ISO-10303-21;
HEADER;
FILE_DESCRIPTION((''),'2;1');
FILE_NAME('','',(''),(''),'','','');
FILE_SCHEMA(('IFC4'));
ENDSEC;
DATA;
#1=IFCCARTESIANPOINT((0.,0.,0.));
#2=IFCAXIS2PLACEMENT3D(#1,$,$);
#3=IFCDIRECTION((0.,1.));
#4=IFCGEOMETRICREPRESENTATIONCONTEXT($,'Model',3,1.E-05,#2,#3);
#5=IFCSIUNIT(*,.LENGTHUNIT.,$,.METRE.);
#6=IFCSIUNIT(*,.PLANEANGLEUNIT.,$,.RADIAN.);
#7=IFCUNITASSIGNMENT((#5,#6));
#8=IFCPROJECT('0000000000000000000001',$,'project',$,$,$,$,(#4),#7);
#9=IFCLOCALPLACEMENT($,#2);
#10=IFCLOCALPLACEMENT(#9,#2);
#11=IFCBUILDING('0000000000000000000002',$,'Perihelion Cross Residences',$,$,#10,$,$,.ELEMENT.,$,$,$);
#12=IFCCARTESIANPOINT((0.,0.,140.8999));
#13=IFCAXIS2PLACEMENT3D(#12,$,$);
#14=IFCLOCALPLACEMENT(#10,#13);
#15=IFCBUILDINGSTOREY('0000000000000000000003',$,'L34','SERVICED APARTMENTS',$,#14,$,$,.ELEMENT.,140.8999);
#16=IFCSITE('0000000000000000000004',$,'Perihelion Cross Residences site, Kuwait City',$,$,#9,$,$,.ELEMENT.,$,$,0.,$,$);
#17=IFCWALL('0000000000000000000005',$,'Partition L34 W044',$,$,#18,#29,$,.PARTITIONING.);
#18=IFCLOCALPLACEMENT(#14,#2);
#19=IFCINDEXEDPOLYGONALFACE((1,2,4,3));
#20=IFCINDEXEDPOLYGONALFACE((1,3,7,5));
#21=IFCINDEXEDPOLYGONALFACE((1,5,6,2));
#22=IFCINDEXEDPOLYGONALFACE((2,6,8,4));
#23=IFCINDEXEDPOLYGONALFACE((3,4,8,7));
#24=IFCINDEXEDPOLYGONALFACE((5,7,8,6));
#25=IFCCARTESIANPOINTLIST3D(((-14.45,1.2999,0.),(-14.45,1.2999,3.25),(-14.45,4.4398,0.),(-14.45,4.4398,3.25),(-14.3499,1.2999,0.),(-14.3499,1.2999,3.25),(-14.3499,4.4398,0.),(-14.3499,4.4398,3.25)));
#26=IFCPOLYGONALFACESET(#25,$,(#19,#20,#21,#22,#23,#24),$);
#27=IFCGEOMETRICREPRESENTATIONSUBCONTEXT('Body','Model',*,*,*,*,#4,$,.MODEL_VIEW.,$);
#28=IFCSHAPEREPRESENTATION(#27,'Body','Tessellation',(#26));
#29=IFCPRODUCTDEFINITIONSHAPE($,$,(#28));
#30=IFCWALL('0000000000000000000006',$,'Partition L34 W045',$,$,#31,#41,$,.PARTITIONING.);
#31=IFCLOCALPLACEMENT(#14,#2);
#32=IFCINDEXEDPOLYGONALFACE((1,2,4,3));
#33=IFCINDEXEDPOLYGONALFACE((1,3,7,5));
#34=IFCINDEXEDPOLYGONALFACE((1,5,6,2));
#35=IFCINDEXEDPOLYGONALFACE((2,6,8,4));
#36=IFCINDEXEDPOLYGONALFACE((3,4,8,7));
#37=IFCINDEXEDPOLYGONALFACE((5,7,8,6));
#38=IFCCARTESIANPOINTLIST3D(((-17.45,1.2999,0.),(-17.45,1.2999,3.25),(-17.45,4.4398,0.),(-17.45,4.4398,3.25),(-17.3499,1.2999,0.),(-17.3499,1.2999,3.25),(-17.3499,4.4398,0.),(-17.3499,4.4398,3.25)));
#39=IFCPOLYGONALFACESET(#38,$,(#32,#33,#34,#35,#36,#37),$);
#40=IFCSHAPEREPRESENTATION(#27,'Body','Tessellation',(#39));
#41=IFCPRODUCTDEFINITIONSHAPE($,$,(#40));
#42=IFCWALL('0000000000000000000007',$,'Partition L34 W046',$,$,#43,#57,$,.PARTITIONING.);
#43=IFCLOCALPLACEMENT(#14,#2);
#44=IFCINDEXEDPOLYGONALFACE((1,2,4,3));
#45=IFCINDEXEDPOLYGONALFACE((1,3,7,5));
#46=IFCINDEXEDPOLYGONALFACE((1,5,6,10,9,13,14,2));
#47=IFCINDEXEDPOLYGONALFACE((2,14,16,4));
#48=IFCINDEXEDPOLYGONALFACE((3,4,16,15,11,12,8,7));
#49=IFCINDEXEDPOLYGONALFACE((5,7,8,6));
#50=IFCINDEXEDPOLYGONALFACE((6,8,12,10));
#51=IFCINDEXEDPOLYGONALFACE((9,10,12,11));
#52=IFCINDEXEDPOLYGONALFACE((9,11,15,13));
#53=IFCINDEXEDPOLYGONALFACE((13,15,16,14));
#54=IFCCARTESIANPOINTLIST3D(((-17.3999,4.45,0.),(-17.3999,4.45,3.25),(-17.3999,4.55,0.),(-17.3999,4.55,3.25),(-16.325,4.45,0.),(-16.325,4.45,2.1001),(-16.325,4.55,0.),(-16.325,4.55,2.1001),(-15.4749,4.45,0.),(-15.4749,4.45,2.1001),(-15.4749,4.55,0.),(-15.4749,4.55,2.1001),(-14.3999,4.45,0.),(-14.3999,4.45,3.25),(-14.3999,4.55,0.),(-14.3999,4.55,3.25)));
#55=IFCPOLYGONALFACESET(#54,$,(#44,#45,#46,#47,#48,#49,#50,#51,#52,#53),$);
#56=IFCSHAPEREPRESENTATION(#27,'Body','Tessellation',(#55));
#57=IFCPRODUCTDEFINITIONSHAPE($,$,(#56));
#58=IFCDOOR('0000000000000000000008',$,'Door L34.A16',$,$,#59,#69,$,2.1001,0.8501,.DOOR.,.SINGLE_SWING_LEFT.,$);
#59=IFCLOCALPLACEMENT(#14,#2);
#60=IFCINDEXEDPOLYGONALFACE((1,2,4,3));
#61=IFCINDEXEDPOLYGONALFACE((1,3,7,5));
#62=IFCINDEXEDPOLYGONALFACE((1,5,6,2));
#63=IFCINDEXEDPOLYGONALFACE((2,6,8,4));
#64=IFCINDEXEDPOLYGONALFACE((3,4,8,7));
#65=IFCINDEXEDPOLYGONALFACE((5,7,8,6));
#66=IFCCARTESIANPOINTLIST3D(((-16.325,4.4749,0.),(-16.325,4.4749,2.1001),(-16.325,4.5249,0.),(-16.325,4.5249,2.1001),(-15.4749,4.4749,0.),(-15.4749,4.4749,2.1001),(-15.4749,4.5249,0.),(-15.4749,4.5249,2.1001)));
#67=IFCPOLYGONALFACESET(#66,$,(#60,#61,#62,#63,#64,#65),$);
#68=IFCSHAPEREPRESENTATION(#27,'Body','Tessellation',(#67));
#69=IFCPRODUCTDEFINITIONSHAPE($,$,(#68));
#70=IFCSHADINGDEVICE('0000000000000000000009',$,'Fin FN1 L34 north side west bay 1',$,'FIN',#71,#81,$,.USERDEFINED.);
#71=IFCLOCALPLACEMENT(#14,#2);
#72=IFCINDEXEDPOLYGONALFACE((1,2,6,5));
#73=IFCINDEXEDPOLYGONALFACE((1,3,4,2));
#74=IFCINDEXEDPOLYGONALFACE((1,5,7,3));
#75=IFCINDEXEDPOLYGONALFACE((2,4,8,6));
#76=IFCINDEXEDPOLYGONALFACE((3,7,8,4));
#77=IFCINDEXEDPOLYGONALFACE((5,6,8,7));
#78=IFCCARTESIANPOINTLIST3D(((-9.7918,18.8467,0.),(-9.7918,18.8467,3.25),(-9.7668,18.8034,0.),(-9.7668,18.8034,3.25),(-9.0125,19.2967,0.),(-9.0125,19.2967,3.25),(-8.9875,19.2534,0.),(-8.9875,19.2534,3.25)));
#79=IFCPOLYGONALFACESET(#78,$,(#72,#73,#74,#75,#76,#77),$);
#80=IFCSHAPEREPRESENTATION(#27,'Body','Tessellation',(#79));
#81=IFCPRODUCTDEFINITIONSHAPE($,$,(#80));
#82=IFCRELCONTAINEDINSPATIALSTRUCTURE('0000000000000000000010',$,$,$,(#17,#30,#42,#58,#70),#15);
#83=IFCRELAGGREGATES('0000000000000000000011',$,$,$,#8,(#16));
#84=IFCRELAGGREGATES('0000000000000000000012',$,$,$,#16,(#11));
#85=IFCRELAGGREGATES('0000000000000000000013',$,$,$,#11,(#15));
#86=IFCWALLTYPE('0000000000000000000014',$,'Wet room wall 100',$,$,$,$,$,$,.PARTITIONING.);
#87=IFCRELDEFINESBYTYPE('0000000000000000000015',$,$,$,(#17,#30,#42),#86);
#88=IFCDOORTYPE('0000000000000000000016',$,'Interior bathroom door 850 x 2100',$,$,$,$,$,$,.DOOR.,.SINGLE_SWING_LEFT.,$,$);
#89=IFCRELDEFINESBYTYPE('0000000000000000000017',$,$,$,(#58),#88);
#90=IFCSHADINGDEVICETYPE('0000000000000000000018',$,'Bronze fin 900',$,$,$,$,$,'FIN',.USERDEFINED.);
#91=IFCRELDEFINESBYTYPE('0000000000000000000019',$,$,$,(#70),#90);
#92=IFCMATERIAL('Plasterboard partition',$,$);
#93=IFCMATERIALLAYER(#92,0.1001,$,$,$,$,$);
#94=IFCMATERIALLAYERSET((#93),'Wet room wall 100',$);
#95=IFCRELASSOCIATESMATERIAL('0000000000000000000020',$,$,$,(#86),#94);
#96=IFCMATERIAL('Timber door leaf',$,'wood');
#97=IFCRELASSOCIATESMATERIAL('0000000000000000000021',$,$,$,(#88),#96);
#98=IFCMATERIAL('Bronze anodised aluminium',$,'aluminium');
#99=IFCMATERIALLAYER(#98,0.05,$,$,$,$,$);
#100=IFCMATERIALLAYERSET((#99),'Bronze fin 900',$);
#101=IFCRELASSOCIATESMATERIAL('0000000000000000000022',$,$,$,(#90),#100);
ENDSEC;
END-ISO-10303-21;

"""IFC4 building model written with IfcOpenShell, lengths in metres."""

from ifc_helpers import new_model, si_unit, direction, frame, frame_2d, origin, origin_2d, place, context, subcontext, project, spatial, rectangle, extrude, material, layer, layer_set, type_object, element, fill, save


model = new_model("IFC4")

# Units and contexts
model_context = context("Model", 3, precision=1e-05, world=origin(), true_north=direction((0.0, 1.0)))
body_context = subcontext(model_context, "Body", "Model", "MODEL_VIEW")
ifc_project = project(units=[si_unit("LENGTHUNIT", "METRE"), si_unit("PLANEANGLEUNIT", "RADIAN")], contexts=[model_context])

# Site, building, storey
site_placement = place(None, origin())
site = spatial("IfcSite", under=ifc_project, at=site_placement, Name="Perihelion Cross Residences site, Kuwait City", CompositionType="ELEMENT", RefElevation=0.0)
building_placement = place(site_placement, origin())
building = spatial("IfcBuilding", under=site, at=building_placement, Name="Perihelion Cross Residences", CompositionType="ELEMENT")
storey_placement = place(building_placement, frame((0.0, 0.0, 140.8999)))
storey = spatial("IfcBuildingStorey", under=building, at=storey_placement, Name="L34", Description="SERVICED APARTMENTS", CompositionType="ELEMENT", Elevation=140.8999)

# Walls
ifc_material_1 = material(Name="Plasterboard partition")
ifc_layer_1 = layer(ifc_material_1, 0.1001)
ifc_layer_set_1 = layer_set([ifc_layer_1], Name="Wet room wall 100")
wall_type_1 = type_object("IfcWallType", Name="Wet room wall 100", PredefinedType="PARTITIONING", material=ifc_layer_set_1)
for number, where, z_axis, x_axis, name in (
    (1, (-14.3999, 1.3, 0.0), (0.0, 0.0, 1.0), (0.0, 1.0, 0.0), "Partition L34 W044"),
    (2, (-17.3999, 1.3, 0.0), (0.0, 0.0, 1.0), (0.0, 1.0, 0.0), "Partition L34 W045"),
):
    element("IfcWall", number, at=place(storey_placement, frame(where, z_axis=z_axis, x_axis=x_axis)), inside=storey, type_object=wall_type_1, Name=name, PredefinedType="PARTITIONING", context=body_context, shape_type="SweptSolid", body=[
        extrude(rectangle(XDim=3.1399, YDim=0.1001, at=frame_2d((1.5698, 0.0))), origin(), (0.0, 0.0, 1.0), 3.25),
    ])

# Wall, opening, door
wall_1_placement = place(storey_placement, frame((-17.3999, 4.5, 0.0), z_axis=(0.0, 0.0, 1.0), x_axis=(1.0, 0.0, 0.0)))
wall_1 = element("IfcWall", 3, at=wall_1_placement, inside=storey, type_object=wall_type_1, Name="Partition L34 W046", PredefinedType="PARTITIONING", context=body_context, shape_type="SweptSolid", body=[
    extrude(rectangle(XDim=3.0, YDim=0.1001, at=frame_2d((1.5, 0.0))), origin(), (0.0, 0.0, 1.0), 3.25),
])
opening_1_placement = place(wall_1_placement, frame((1.075, 0.0, 0.0)))
opening_1 = element("IfcOpeningElement", 4, at=opening_1_placement, cuts=wall_1, PredefinedType="OPENING", context=body_context, shape_type="SweptSolid", body=[
    extrude(rectangle(XDim=0.8501, YDim=2.1001, at=frame_2d((0.425, 1.05))), frame((0.0, 0.0601, 0.0), z_axis=(0.0, -1.0, 0.0), x_axis=(1.0, 0.0, 0.0)), (0.0, 0.0, 1.0), 0.1201),
])
ifc_material_2 = material(Name="Timber door leaf", Category="wood")
door_type_1 = type_object("IfcDoorType", Name="Interior bathroom door 850 x 2100", OperationType="SINGLE_SWING_LEFT", PredefinedType="DOOR", material=ifc_material_2)
door_1_placement = place(opening_1_placement, origin())
door_1 = element("IfcDoor", 5, at=door_1_placement, inside=storey, type_object=door_type_1, Name="Door L34.A16", OperationType="SINGLE_SWING_LEFT", OverallHeight=2.1001, OverallWidth=0.8501, PredefinedType="DOOR", context=body_context, shape_type="SweptSolid", body=[
    extrude(rectangle(XDim=0.8501, YDim=2.1001, at=frame_2d((0.425, 1.05))), frame((0.0, 0.0249, 0.0), z_axis=(0.0, -1.0, 0.0), x_axis=(1.0, 0.0, 0.0)), (0.0, 0.0, 1.0), 0.05),
])
fill(opening_1, door_1)

# Shading device
ifc_material_3 = material(Name="Bronze anodised aluminium", Category="aluminium")
ifc_layer_2 = layer(ifc_material_3, 0.05)
ifc_layer_set_2 = layer_set([ifc_layer_2], Name="Bronze fin 900")
shading_device_type = type_object("IfcShadingDeviceType", Name="Bronze fin 900", ElementType="FIN", PredefinedType="USERDEFINED", material=ifc_layer_set_2)
shading_device_placement = place(storey_placement, frame((-9.3896, 19.05, 0.0), z_axis=(0.0, 0.0, 1.0), x_axis=(-0.866025, -0.5, 0.0)))
element("IfcShadingDevice", 6, at=shading_device_placement, inside=storey, type_object=shading_device_type, Name="Fin FN1 L34 north side west bay 1", ObjectType="FIN", PredefinedType="USERDEFINED", context=body_context, shape_type="SweptSolid", body=[
    extrude(rectangle(XDim=0.8999, YDim=0.05, at=origin_2d()), origin(), (0.0, 0.0, 1.0), 3.25),
])

save(model, "model.ifc")
